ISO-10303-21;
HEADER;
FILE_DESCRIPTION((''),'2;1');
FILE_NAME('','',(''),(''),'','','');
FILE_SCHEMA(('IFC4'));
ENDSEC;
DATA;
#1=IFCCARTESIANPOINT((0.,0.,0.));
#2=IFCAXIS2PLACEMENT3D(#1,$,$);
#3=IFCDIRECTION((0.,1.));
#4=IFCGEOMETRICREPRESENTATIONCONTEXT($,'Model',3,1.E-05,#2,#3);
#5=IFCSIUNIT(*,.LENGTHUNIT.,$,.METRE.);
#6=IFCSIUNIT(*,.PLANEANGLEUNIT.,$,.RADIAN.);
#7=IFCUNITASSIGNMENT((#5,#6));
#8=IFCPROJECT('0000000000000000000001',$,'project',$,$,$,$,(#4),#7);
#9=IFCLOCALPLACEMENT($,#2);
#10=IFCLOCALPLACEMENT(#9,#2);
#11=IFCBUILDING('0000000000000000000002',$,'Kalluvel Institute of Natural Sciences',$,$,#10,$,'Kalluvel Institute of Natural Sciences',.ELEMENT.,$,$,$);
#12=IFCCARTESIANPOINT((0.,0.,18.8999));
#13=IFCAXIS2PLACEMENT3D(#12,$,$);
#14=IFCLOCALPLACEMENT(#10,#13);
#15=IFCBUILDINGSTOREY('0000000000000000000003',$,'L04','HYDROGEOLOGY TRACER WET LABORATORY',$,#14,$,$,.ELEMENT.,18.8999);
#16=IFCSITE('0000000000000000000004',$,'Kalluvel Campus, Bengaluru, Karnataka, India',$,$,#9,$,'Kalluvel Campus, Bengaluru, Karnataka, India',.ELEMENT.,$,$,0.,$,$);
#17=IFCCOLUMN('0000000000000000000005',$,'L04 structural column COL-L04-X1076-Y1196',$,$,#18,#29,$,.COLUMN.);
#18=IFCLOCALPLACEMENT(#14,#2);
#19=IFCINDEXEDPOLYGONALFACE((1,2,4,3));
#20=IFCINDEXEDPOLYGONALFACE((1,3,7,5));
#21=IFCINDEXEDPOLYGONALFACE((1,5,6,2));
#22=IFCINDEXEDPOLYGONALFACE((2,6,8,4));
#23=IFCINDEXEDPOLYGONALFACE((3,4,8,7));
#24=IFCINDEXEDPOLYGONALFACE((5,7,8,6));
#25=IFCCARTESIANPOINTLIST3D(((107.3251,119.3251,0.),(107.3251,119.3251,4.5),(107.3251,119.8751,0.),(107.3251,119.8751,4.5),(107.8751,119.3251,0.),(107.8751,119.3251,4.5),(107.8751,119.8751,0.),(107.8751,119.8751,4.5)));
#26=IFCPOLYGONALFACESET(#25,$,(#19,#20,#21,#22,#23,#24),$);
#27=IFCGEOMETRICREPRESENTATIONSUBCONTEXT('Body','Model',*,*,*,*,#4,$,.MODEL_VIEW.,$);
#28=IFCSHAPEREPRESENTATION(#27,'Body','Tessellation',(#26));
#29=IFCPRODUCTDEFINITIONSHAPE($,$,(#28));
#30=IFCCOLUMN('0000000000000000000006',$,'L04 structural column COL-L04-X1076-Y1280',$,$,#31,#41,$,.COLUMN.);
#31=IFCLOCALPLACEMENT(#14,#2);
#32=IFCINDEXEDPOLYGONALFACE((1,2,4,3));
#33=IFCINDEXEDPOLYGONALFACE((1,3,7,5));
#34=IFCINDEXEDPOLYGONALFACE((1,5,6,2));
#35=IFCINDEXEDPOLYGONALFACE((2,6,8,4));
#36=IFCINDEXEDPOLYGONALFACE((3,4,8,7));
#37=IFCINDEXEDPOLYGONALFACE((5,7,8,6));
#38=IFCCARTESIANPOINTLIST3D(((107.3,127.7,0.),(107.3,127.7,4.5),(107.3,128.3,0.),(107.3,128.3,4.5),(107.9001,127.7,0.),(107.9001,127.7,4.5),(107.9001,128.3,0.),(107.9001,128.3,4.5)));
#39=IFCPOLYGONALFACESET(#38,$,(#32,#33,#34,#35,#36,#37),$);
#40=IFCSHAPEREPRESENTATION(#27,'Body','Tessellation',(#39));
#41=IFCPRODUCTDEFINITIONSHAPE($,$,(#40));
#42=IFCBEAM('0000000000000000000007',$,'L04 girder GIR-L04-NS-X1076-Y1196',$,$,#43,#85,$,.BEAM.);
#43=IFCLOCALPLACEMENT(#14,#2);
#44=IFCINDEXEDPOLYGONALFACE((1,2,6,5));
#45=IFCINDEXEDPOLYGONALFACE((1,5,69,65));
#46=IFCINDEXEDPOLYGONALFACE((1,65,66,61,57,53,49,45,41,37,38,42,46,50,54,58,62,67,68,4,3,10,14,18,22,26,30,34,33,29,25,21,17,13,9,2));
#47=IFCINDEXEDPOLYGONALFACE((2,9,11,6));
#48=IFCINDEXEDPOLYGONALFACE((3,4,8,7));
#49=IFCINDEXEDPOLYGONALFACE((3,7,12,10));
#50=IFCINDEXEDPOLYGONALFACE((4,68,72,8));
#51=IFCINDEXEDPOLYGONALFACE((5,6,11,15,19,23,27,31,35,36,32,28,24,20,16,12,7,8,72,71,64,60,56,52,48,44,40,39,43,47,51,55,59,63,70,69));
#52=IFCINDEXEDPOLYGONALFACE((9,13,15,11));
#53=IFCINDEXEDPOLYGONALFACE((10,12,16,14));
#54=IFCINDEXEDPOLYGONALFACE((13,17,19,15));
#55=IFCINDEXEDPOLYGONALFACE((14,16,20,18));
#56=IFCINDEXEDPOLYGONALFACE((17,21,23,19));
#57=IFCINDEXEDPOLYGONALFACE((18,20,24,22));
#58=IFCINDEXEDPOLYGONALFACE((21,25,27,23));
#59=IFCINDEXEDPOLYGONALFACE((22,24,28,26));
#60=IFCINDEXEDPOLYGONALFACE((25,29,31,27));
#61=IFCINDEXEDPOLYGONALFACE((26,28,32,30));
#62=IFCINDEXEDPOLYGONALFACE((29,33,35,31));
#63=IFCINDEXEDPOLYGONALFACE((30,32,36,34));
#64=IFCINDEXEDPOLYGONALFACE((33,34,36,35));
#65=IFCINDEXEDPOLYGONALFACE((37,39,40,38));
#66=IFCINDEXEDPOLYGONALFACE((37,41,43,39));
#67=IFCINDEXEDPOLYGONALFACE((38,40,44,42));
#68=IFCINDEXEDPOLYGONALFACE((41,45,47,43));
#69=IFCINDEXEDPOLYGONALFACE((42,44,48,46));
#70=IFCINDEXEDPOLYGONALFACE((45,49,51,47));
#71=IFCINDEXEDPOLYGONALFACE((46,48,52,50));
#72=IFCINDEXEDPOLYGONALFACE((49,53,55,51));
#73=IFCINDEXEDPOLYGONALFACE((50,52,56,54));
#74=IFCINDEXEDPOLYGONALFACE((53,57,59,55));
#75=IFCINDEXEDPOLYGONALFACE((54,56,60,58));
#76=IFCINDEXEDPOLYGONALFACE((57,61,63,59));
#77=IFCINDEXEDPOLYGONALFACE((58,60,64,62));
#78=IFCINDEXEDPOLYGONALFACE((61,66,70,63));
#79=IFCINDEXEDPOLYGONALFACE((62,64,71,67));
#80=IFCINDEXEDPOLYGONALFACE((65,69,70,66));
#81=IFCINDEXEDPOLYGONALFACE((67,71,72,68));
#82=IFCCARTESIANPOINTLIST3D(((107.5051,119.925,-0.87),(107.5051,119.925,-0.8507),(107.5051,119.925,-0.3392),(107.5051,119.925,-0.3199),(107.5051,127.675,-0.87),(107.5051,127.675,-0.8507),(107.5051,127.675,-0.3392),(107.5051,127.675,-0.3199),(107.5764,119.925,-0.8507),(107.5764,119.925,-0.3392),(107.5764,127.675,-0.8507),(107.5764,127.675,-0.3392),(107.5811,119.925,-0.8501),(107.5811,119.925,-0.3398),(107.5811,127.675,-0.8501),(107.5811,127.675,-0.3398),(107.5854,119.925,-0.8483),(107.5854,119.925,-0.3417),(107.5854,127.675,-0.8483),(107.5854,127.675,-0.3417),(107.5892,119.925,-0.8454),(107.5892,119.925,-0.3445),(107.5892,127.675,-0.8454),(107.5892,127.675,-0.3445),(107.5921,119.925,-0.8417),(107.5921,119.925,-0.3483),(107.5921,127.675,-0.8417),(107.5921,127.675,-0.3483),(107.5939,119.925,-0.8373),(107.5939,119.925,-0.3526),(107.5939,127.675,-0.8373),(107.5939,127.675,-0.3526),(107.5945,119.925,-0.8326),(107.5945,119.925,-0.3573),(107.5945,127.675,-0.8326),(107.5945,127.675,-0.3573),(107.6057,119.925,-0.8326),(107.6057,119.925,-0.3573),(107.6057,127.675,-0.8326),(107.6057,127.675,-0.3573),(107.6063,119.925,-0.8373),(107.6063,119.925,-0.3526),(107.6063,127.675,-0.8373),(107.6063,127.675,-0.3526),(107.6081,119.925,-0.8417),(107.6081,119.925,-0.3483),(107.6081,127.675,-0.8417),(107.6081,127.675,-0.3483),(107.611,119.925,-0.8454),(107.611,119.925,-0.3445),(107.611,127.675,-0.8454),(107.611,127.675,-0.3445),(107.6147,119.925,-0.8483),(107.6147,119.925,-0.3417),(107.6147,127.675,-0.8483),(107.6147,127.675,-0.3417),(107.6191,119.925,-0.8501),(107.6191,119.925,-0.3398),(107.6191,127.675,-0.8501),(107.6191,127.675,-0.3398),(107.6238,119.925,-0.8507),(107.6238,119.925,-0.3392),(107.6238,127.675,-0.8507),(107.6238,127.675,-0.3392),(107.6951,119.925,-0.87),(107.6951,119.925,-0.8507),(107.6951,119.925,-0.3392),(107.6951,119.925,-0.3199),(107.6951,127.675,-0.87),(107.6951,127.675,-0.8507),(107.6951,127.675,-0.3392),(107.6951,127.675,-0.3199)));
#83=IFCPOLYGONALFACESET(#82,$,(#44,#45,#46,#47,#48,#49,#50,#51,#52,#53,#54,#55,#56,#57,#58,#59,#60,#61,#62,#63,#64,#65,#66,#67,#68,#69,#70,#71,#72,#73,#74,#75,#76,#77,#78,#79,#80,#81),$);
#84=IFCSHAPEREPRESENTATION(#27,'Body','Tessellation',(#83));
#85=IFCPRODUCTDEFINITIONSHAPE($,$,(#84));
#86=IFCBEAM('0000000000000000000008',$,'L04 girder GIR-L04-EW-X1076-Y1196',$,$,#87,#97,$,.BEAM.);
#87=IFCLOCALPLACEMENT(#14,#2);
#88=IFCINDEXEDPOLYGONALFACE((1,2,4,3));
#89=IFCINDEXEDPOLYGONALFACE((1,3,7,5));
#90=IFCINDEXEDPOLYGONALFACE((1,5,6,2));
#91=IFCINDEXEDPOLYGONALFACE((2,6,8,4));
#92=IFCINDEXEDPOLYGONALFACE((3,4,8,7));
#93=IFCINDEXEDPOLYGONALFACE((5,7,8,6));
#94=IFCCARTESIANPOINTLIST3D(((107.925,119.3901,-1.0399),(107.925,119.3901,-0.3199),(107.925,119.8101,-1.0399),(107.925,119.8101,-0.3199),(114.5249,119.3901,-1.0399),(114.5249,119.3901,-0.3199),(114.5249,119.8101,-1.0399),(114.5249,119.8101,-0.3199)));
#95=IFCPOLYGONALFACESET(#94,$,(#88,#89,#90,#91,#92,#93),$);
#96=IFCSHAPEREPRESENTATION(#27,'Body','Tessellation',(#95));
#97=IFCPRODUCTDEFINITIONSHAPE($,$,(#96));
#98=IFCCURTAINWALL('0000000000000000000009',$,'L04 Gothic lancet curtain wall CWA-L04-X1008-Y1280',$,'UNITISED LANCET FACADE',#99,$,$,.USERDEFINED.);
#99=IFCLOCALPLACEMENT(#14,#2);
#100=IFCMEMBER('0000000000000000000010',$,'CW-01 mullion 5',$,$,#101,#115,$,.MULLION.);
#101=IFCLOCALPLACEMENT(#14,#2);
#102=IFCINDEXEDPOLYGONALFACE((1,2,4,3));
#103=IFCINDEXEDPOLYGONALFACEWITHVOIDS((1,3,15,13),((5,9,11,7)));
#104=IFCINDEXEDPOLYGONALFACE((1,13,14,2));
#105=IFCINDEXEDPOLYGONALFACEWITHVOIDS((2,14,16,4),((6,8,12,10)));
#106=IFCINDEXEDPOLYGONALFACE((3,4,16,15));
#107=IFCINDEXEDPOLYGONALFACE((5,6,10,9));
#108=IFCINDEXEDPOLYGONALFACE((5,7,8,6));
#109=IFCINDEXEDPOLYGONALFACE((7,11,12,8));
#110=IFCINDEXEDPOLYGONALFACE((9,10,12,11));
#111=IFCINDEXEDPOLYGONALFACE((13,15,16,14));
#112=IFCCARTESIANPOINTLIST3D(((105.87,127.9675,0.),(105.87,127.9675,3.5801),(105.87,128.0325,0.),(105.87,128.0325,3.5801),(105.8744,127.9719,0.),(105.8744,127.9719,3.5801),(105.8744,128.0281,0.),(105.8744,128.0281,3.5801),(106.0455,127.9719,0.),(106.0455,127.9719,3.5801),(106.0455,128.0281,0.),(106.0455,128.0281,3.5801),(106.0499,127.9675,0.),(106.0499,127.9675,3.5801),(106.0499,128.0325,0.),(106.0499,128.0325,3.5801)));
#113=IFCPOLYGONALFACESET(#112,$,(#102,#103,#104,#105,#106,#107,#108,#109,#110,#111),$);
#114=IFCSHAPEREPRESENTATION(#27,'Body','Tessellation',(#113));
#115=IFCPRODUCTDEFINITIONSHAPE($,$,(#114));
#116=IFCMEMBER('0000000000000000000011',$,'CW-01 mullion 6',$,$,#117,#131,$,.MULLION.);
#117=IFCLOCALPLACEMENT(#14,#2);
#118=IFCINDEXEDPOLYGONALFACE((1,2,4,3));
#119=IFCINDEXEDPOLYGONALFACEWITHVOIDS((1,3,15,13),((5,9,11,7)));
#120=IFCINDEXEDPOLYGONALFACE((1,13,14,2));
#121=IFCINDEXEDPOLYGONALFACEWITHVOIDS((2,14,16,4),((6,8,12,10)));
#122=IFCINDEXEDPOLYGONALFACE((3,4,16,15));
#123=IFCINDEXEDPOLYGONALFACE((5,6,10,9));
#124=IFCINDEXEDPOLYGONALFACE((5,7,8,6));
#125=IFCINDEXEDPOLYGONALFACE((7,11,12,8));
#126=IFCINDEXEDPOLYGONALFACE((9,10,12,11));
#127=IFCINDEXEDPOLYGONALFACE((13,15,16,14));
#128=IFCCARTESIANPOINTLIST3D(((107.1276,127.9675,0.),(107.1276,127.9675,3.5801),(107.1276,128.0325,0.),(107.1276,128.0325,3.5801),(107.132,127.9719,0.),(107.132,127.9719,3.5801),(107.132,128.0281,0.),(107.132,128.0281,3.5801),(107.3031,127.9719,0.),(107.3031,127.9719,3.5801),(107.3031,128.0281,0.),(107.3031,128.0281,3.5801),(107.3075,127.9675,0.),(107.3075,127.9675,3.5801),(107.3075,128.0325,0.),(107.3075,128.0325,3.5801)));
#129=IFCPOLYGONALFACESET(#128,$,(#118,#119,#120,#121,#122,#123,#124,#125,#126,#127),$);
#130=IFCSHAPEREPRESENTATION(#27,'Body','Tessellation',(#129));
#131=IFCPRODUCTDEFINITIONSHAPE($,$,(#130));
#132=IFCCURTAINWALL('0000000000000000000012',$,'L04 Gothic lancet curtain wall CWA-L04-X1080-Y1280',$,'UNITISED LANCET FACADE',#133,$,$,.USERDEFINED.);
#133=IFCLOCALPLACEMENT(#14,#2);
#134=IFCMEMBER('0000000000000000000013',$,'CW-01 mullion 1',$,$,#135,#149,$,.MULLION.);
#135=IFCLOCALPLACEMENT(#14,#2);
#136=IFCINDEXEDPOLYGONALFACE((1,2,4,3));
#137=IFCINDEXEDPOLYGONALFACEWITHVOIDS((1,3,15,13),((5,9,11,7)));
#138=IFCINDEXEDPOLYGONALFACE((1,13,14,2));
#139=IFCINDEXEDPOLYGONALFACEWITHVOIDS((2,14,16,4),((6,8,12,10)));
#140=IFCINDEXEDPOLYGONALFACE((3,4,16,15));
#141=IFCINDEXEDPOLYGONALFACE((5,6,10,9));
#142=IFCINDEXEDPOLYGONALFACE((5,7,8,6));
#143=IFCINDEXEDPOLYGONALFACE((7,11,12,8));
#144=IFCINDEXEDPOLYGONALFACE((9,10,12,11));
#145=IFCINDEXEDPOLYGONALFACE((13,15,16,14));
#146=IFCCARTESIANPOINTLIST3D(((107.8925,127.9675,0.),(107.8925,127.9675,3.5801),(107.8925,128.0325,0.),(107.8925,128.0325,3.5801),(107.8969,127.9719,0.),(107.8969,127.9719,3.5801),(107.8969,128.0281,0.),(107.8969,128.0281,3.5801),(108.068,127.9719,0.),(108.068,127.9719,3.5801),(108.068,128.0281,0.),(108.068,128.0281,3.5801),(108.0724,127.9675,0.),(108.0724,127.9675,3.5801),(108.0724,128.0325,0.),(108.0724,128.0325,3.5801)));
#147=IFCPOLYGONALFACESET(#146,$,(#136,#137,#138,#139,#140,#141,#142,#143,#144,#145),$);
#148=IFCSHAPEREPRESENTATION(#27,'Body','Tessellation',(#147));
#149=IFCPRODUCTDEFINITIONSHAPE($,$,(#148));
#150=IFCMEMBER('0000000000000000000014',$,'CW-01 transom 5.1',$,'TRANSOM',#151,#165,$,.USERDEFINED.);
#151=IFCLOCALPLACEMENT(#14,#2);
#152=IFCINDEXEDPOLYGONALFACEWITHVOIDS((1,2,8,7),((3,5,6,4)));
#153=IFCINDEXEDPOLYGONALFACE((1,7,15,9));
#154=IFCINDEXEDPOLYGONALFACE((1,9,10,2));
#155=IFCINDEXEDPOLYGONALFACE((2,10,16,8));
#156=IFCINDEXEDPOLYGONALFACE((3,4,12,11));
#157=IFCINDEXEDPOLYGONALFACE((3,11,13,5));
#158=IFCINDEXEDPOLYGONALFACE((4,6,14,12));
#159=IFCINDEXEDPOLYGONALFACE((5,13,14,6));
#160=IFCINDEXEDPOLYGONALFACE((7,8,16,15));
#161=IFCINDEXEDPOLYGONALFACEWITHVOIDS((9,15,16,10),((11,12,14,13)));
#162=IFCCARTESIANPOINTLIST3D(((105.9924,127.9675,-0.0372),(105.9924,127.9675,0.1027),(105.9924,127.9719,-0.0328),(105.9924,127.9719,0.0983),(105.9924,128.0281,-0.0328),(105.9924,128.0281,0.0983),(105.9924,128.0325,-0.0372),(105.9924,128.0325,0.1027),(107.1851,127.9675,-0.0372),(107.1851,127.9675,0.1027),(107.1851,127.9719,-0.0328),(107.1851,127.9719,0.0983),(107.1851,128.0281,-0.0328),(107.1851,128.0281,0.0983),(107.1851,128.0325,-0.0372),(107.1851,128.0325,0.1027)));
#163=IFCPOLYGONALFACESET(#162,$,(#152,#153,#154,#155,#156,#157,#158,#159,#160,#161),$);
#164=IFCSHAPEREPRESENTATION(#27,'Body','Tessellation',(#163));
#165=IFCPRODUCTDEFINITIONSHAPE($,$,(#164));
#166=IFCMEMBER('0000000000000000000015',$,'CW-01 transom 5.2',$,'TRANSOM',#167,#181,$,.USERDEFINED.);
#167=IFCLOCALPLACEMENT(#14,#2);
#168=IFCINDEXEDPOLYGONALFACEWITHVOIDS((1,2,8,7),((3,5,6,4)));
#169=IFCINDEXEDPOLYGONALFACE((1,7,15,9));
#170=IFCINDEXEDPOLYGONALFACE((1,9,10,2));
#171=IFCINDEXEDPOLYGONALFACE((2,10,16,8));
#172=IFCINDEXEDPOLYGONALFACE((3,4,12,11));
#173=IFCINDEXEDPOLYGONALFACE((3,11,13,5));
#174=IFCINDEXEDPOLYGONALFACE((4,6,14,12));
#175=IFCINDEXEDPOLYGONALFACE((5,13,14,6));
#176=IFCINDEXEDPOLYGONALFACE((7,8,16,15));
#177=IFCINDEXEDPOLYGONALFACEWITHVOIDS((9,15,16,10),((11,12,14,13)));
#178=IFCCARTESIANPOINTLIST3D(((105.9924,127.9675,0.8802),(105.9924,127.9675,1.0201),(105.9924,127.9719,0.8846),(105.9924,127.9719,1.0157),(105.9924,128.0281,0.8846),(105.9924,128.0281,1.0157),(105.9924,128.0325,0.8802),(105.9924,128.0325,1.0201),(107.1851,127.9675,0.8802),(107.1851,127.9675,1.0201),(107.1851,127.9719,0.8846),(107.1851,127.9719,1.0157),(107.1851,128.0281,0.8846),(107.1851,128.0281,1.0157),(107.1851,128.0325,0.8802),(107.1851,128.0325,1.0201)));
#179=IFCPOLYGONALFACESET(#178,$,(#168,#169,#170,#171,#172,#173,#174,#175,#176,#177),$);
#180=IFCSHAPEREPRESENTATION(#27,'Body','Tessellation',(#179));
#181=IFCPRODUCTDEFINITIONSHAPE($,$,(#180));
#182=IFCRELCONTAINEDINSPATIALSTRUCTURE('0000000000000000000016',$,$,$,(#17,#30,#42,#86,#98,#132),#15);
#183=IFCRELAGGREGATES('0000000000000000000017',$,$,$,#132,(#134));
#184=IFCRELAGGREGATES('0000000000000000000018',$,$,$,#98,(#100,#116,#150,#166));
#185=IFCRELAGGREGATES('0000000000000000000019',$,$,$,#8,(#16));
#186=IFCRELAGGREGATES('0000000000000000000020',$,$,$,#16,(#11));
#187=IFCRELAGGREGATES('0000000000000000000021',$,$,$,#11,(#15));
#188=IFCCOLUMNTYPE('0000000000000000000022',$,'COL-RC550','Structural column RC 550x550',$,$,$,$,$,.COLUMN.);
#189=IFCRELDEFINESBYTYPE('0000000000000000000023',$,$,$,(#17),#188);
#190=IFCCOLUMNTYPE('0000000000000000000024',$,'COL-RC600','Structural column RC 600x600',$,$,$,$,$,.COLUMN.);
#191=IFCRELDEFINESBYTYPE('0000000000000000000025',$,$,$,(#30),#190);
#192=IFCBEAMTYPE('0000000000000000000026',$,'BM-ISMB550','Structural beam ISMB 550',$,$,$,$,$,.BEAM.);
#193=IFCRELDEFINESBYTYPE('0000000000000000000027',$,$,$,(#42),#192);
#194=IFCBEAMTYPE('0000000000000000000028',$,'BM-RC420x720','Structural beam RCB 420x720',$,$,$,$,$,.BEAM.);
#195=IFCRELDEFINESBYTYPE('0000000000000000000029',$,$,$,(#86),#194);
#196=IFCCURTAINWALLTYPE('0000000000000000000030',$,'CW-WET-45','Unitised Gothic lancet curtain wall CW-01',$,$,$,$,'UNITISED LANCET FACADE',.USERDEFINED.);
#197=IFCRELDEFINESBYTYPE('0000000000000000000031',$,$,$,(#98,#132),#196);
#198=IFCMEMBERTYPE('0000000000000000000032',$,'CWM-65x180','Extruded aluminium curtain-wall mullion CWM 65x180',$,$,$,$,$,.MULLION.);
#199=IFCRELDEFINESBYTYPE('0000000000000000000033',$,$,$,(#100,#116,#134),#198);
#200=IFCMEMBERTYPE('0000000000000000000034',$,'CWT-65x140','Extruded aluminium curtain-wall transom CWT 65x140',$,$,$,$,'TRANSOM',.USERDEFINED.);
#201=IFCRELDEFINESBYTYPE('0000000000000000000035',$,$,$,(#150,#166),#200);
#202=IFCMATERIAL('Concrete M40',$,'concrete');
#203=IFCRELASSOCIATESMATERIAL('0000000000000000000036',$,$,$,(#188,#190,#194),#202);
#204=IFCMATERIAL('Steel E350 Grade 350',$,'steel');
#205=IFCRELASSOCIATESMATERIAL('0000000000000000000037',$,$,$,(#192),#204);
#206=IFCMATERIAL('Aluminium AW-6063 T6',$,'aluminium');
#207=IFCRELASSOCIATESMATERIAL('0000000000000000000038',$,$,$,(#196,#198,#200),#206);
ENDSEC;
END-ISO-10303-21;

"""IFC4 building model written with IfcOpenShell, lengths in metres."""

from ifc_helpers import new_model, si_unit, direction, frame, origin, origin_2d, place, context, subcontext, project, spatial, rectangle, hollow_rectangle, i_section, extrude, material, material_profile, profile_set, type_object, element, aggregate, save


model = new_model("IFC4")

# Units and contexts
model_context = context("Model", 3, precision=1e-05, world=origin(), true_north=direction((0.0, 1.0)))
body_context = subcontext(model_context, "Body", "Model", "MODEL_VIEW")
ifc_project = project(units=[si_unit("LENGTHUNIT", "METRE"), si_unit("PLANEANGLEUNIT", "RADIAN")], contexts=[model_context])

# Site, building, storey
site_placement = place(None, origin())
site = spatial("IfcSite", under=ifc_project, at=site_placement, Name="Kalluvel Campus, Bengaluru, Karnataka, India", LongName="Kalluvel Campus, Bengaluru, Karnataka, India", CompositionType="ELEMENT", RefElevation=0.0)
building_placement = place(site_placement, origin())
building = spatial("IfcBuilding", under=site, at=building_placement, Name="Kalluvel Institute of Natural Sciences", LongName="Kalluvel Institute of Natural Sciences", CompositionType="ELEMENT")
storey_placement = place(building_placement, frame((0.0, 0.0, 18.8999)))
storey = spatial("IfcBuildingStorey", under=building, at=storey_placement, Name="L04", Description="HYDROGEOLOGY TRACER WET LABORATORY", CompositionType="ELEMENT", Elevation=18.8999)

# Columns
ifc_material_1 = material(Name="Concrete M40", Category="concrete")
ifc_material_profile_1 = material_profile(ifc_material_1, rectangle(XDim=0.55, YDim=0.55, at=origin_2d()), Name="RC 550x550")
ifc_profile_set_1 = profile_set([ifc_material_profile_1], Name="Concrete M40")
column_type_1 = type_object("IfcColumnType", Name="COL-RC550", Description="Structural column RC 550x550", PredefinedType="COLUMN", material=ifc_profile_set_1)
column_1_placement = place(storey_placement, frame((107.6001, 119.6001, 0.0), z_axis=(0.0, 0.0, 1.0), x_axis=(1.0, 0.0, 0.0)))
element("IfcColumn", 1, at=column_1_placement, inside=storey, type_object=column_type_1, Name="L04 structural column COL-L04-X1076-Y1196", PredefinedType="COLUMN", context=body_context, shape_type="SweptSolid", body=[
    extrude(rectangle(XDim=0.55, YDim=0.55, at=origin_2d()), origin(), (0.0, 0.0, 1.0), 4.5),
])
ifc_material_profile_2 = material_profile(ifc_material_1, rectangle(XDim=0.6001, YDim=0.6001, at=origin_2d()), Name="RC 600x600")
ifc_profile_set_2 = profile_set([ifc_material_profile_2], Name="Concrete M40")
column_type_2 = type_object("IfcColumnType", Name="COL-RC600", Description="Structural column RC 600x600", PredefinedType="COLUMN", material=ifc_profile_set_2)
column_2_placement = place(storey_placement, frame((107.6001, 128.0, 0.0), z_axis=(0.0, 0.0, 1.0), x_axis=(1.0, 0.0, 0.0)))
element("IfcColumn", 2, at=column_2_placement, inside=storey, type_object=column_type_2, Name="L04 structural column COL-L04-X1076-Y1280", PredefinedType="COLUMN", context=body_context, shape_type="SweptSolid", body=[
    extrude(rectangle(XDim=0.6001, YDim=0.6001, at=origin_2d()), origin(), (0.0, 0.0, 1.0), 4.5),
])

# Beams
ifc_material_2 = material(Name="Steel E350 Grade 350", Category="steel")
ifc_material_profile_3 = material_profile(ifc_material_2, i_section(OverallWidth=0.1899, OverallDepth=0.55, WebThickness=0.0112, FlangeThickness=0.0193, FilletRadius=0.0181, at=origin_2d()), Name="ISMB 550")
ifc_profile_set_3 = profile_set([ifc_material_profile_3], Name="Steel E350 Grade 350")
beam_type_1 = type_object("IfcBeamType", Name="BM-ISMB550", Description="Structural beam ISMB 550", PredefinedType="BEAM", material=ifc_profile_set_3)
beam_1_placement = place(storey_placement, frame((107.6001, 119.925, -0.595), z_axis=(0.0, 1.0, 0.0), x_axis=(-1.0, 0.0, 0.0)))
element("IfcBeam", 3, at=beam_1_placement, inside=storey, type_object=beam_type_1, Name="L04 girder GIR-L04-NS-X1076-Y1196", PredefinedType="BEAM", context=body_context, shape_type="SweptSolid", body=[
    extrude(i_section(OverallWidth=0.1899, OverallDepth=0.55, WebThickness=0.0112, FlangeThickness=0.0193, FilletRadius=0.0181, at=origin_2d()), origin(), (0.0, 0.0, 1.0), 7.75),
])
ifc_material_profile_4 = material_profile(ifc_material_1, rectangle(XDim=0.4199, YDim=0.72, at=origin_2d()), Name="RCB 420x720")
ifc_profile_set_4 = profile_set([ifc_material_profile_4], Name="Concrete M40")
beam_type_2 = type_object("IfcBeamType", Name="BM-RC420x720", Description="Structural beam RCB 420x720", PredefinedType="BEAM", material=ifc_profile_set_4)
beam_2_placement = place(storey_placement, frame((107.925, 119.6001, -0.6799), z_axis=(1.0, 0.0, 0.0), x_axis=(0.0, 1.0, 0.0)))
element("IfcBeam", 4, at=beam_2_placement, inside=storey, type_object=beam_type_2, Name="L04 girder GIR-L04-EW-X1076-Y1196", PredefinedType="BEAM", context=body_context, shape_type="SweptSolid", body=[
    extrude(rectangle(XDim=0.4199, YDim=0.72, at=origin_2d()), origin(), (0.0, 0.0, 1.0), 6.5999),
])

# Curtain wall, members
ifc_material_3 = material(Name="Aluminium AW-6063 T6", Category="aluminium")
curtain_wall_type = type_object("IfcCurtainWallType", Name="CW-WET-45", Description="Unitised Gothic lancet curtain wall CW-01", ElementType="UNITISED LANCET FACADE", PredefinedType="USERDEFINED", material=ifc_material_3)
curtain_wall_1_placement = place(storey_placement, origin())
curtain_wall_1 = element("IfcCurtainWall", 5, at=curtain_wall_1_placement, inside=storey, type_object=curtain_wall_type, Name="L04 Gothic lancet curtain wall CWA-L04-X1008-Y1280", ObjectType="UNITISED LANCET FACADE", PredefinedType="USERDEFINED")
ifc_material_profile_5 = material_profile(ifc_material_3, hollow_rectangle(XDim=0.0649, YDim=0.1799, WallThickness=0.0044, at=origin_2d()), Name="CWM 65x180")
ifc_profile_set_5 = profile_set([ifc_material_profile_5], Name="Aluminium AW-6063 T6")
member_type_1 = type_object("IfcMemberType", Name="CWM-65x180", Description="Extruded aluminium curtain-wall mullion CWM 65x180", PredefinedType="MULLION", material=ifc_profile_set_5)
member_1_placement = place(storey_placement, frame((105.96, 128.0, 0.0), z_axis=(0.0, 0.0, 1.0), x_axis=(0.0, 1.0, 0.0)))
member_1 = element("IfcMember", 6, at=member_1_placement, type_object=member_type_1, Name="CW-01 mullion 5", PredefinedType="MULLION", context=body_context, shape_type="SweptSolid", body=[
    extrude(hollow_rectangle(XDim=0.0649, YDim=0.1799, WallThickness=0.0044, at=origin_2d()), origin(), (0.0, 0.0, 1.0), 3.5801),
])
member_2_placement = place(storey_placement, frame((107.2175, 128.0, 0.0), z_axis=(0.0, 0.0, 1.0), x_axis=(0.0, 1.0, 0.0)))
member_2 = element("IfcMember", 7, at=member_2_placement, type_object=member_type_1, Name="CW-01 mullion 6", PredefinedType="MULLION", context=body_context, shape_type="SweptSolid", body=[
    extrude(hollow_rectangle(XDim=0.0649, YDim=0.1799, WallThickness=0.0044, at=origin_2d()), origin(), (0.0, 0.0, 1.0), 3.5801),
])

# Curtain wall, member
curtain_wall_2_placement = place(storey_placement, origin())
curtain_wall_2 = element("IfcCurtainWall", 8, at=curtain_wall_2_placement, inside=storey, type_object=curtain_wall_type, Name="L04 Gothic lancet curtain wall CWA-L04-X1080-Y1280", ObjectType="UNITISED LANCET FACADE", PredefinedType="USERDEFINED")
member_3_placement = place(storey_placement, frame((107.9824, 128.0, 0.0), z_axis=(0.0, 0.0, 1.0), x_axis=(0.0, 1.0, 0.0)))
member_3 = element("IfcMember", 9, at=member_3_placement, type_object=member_type_1, Name="CW-01 mullion 1", PredefinedType="MULLION", context=body_context, shape_type="SweptSolid", body=[
    extrude(hollow_rectangle(XDim=0.0649, YDim=0.1799, WallThickness=0.0044, at=origin_2d()), origin(), (0.0, 0.0, 1.0), 3.5801),
])

# Members
ifc_material_profile_6 = material_profile(ifc_material_3, hollow_rectangle(XDim=0.0649, YDim=0.1399, WallThickness=0.0044, at=origin_2d()), Name="CWT 65x140")
ifc_profile_set_6 = profile_set([ifc_material_profile_6], Name="Aluminium AW-6063 T6")
member_type_2 = type_object("IfcMemberType", Name="CWT-65x140", Description="Extruded aluminium curtain-wall transom CWT 65x140", ElementType="TRANSOM", PredefinedType="USERDEFINED", material=ifc_profile_set_6)
member_4_placement = place(storey_placement, frame((105.9924, 128.0, 0.0327), z_axis=(1.0, 0.0, 0.0), x_axis=(0.0, 1.0, 0.0)))
member_4 = element("IfcMember", 10, at=member_4_placement, type_object=member_type_2, Name="CW-01 transom 5.1", ObjectType="TRANSOM", PredefinedType="USERDEFINED", context=body_context, shape_type="SweptSolid", body=[
    extrude(hollow_rectangle(XDim=0.0649, YDim=0.1399, WallThickness=0.0044, at=origin_2d()), origin(), (0.0, 0.0, 1.0), 1.1926),
])
member_5_placement = place(storey_placement, frame((105.9924, 128.0, 0.9502), z_axis=(1.0, 0.0, 0.0), x_axis=(0.0, 1.0, 0.0)))
member_5 = element("IfcMember", 11, at=member_5_placement, type_object=member_type_2, Name="CW-01 transom 5.2", ObjectType="TRANSOM", PredefinedType="USERDEFINED", context=body_context, shape_type="SweptSolid", body=[
    extrude(hollow_rectangle(XDim=0.0649, YDim=0.1399, WallThickness=0.0044, at=origin_2d()), origin(), (0.0, 0.0, 1.0), 1.1926),
])
aggregate(curtain_wall_2, [member_3])

aggregate(curtain_wall_1, [member_1, member_2, member_4, member_5])

save(model, "model.ifc")
